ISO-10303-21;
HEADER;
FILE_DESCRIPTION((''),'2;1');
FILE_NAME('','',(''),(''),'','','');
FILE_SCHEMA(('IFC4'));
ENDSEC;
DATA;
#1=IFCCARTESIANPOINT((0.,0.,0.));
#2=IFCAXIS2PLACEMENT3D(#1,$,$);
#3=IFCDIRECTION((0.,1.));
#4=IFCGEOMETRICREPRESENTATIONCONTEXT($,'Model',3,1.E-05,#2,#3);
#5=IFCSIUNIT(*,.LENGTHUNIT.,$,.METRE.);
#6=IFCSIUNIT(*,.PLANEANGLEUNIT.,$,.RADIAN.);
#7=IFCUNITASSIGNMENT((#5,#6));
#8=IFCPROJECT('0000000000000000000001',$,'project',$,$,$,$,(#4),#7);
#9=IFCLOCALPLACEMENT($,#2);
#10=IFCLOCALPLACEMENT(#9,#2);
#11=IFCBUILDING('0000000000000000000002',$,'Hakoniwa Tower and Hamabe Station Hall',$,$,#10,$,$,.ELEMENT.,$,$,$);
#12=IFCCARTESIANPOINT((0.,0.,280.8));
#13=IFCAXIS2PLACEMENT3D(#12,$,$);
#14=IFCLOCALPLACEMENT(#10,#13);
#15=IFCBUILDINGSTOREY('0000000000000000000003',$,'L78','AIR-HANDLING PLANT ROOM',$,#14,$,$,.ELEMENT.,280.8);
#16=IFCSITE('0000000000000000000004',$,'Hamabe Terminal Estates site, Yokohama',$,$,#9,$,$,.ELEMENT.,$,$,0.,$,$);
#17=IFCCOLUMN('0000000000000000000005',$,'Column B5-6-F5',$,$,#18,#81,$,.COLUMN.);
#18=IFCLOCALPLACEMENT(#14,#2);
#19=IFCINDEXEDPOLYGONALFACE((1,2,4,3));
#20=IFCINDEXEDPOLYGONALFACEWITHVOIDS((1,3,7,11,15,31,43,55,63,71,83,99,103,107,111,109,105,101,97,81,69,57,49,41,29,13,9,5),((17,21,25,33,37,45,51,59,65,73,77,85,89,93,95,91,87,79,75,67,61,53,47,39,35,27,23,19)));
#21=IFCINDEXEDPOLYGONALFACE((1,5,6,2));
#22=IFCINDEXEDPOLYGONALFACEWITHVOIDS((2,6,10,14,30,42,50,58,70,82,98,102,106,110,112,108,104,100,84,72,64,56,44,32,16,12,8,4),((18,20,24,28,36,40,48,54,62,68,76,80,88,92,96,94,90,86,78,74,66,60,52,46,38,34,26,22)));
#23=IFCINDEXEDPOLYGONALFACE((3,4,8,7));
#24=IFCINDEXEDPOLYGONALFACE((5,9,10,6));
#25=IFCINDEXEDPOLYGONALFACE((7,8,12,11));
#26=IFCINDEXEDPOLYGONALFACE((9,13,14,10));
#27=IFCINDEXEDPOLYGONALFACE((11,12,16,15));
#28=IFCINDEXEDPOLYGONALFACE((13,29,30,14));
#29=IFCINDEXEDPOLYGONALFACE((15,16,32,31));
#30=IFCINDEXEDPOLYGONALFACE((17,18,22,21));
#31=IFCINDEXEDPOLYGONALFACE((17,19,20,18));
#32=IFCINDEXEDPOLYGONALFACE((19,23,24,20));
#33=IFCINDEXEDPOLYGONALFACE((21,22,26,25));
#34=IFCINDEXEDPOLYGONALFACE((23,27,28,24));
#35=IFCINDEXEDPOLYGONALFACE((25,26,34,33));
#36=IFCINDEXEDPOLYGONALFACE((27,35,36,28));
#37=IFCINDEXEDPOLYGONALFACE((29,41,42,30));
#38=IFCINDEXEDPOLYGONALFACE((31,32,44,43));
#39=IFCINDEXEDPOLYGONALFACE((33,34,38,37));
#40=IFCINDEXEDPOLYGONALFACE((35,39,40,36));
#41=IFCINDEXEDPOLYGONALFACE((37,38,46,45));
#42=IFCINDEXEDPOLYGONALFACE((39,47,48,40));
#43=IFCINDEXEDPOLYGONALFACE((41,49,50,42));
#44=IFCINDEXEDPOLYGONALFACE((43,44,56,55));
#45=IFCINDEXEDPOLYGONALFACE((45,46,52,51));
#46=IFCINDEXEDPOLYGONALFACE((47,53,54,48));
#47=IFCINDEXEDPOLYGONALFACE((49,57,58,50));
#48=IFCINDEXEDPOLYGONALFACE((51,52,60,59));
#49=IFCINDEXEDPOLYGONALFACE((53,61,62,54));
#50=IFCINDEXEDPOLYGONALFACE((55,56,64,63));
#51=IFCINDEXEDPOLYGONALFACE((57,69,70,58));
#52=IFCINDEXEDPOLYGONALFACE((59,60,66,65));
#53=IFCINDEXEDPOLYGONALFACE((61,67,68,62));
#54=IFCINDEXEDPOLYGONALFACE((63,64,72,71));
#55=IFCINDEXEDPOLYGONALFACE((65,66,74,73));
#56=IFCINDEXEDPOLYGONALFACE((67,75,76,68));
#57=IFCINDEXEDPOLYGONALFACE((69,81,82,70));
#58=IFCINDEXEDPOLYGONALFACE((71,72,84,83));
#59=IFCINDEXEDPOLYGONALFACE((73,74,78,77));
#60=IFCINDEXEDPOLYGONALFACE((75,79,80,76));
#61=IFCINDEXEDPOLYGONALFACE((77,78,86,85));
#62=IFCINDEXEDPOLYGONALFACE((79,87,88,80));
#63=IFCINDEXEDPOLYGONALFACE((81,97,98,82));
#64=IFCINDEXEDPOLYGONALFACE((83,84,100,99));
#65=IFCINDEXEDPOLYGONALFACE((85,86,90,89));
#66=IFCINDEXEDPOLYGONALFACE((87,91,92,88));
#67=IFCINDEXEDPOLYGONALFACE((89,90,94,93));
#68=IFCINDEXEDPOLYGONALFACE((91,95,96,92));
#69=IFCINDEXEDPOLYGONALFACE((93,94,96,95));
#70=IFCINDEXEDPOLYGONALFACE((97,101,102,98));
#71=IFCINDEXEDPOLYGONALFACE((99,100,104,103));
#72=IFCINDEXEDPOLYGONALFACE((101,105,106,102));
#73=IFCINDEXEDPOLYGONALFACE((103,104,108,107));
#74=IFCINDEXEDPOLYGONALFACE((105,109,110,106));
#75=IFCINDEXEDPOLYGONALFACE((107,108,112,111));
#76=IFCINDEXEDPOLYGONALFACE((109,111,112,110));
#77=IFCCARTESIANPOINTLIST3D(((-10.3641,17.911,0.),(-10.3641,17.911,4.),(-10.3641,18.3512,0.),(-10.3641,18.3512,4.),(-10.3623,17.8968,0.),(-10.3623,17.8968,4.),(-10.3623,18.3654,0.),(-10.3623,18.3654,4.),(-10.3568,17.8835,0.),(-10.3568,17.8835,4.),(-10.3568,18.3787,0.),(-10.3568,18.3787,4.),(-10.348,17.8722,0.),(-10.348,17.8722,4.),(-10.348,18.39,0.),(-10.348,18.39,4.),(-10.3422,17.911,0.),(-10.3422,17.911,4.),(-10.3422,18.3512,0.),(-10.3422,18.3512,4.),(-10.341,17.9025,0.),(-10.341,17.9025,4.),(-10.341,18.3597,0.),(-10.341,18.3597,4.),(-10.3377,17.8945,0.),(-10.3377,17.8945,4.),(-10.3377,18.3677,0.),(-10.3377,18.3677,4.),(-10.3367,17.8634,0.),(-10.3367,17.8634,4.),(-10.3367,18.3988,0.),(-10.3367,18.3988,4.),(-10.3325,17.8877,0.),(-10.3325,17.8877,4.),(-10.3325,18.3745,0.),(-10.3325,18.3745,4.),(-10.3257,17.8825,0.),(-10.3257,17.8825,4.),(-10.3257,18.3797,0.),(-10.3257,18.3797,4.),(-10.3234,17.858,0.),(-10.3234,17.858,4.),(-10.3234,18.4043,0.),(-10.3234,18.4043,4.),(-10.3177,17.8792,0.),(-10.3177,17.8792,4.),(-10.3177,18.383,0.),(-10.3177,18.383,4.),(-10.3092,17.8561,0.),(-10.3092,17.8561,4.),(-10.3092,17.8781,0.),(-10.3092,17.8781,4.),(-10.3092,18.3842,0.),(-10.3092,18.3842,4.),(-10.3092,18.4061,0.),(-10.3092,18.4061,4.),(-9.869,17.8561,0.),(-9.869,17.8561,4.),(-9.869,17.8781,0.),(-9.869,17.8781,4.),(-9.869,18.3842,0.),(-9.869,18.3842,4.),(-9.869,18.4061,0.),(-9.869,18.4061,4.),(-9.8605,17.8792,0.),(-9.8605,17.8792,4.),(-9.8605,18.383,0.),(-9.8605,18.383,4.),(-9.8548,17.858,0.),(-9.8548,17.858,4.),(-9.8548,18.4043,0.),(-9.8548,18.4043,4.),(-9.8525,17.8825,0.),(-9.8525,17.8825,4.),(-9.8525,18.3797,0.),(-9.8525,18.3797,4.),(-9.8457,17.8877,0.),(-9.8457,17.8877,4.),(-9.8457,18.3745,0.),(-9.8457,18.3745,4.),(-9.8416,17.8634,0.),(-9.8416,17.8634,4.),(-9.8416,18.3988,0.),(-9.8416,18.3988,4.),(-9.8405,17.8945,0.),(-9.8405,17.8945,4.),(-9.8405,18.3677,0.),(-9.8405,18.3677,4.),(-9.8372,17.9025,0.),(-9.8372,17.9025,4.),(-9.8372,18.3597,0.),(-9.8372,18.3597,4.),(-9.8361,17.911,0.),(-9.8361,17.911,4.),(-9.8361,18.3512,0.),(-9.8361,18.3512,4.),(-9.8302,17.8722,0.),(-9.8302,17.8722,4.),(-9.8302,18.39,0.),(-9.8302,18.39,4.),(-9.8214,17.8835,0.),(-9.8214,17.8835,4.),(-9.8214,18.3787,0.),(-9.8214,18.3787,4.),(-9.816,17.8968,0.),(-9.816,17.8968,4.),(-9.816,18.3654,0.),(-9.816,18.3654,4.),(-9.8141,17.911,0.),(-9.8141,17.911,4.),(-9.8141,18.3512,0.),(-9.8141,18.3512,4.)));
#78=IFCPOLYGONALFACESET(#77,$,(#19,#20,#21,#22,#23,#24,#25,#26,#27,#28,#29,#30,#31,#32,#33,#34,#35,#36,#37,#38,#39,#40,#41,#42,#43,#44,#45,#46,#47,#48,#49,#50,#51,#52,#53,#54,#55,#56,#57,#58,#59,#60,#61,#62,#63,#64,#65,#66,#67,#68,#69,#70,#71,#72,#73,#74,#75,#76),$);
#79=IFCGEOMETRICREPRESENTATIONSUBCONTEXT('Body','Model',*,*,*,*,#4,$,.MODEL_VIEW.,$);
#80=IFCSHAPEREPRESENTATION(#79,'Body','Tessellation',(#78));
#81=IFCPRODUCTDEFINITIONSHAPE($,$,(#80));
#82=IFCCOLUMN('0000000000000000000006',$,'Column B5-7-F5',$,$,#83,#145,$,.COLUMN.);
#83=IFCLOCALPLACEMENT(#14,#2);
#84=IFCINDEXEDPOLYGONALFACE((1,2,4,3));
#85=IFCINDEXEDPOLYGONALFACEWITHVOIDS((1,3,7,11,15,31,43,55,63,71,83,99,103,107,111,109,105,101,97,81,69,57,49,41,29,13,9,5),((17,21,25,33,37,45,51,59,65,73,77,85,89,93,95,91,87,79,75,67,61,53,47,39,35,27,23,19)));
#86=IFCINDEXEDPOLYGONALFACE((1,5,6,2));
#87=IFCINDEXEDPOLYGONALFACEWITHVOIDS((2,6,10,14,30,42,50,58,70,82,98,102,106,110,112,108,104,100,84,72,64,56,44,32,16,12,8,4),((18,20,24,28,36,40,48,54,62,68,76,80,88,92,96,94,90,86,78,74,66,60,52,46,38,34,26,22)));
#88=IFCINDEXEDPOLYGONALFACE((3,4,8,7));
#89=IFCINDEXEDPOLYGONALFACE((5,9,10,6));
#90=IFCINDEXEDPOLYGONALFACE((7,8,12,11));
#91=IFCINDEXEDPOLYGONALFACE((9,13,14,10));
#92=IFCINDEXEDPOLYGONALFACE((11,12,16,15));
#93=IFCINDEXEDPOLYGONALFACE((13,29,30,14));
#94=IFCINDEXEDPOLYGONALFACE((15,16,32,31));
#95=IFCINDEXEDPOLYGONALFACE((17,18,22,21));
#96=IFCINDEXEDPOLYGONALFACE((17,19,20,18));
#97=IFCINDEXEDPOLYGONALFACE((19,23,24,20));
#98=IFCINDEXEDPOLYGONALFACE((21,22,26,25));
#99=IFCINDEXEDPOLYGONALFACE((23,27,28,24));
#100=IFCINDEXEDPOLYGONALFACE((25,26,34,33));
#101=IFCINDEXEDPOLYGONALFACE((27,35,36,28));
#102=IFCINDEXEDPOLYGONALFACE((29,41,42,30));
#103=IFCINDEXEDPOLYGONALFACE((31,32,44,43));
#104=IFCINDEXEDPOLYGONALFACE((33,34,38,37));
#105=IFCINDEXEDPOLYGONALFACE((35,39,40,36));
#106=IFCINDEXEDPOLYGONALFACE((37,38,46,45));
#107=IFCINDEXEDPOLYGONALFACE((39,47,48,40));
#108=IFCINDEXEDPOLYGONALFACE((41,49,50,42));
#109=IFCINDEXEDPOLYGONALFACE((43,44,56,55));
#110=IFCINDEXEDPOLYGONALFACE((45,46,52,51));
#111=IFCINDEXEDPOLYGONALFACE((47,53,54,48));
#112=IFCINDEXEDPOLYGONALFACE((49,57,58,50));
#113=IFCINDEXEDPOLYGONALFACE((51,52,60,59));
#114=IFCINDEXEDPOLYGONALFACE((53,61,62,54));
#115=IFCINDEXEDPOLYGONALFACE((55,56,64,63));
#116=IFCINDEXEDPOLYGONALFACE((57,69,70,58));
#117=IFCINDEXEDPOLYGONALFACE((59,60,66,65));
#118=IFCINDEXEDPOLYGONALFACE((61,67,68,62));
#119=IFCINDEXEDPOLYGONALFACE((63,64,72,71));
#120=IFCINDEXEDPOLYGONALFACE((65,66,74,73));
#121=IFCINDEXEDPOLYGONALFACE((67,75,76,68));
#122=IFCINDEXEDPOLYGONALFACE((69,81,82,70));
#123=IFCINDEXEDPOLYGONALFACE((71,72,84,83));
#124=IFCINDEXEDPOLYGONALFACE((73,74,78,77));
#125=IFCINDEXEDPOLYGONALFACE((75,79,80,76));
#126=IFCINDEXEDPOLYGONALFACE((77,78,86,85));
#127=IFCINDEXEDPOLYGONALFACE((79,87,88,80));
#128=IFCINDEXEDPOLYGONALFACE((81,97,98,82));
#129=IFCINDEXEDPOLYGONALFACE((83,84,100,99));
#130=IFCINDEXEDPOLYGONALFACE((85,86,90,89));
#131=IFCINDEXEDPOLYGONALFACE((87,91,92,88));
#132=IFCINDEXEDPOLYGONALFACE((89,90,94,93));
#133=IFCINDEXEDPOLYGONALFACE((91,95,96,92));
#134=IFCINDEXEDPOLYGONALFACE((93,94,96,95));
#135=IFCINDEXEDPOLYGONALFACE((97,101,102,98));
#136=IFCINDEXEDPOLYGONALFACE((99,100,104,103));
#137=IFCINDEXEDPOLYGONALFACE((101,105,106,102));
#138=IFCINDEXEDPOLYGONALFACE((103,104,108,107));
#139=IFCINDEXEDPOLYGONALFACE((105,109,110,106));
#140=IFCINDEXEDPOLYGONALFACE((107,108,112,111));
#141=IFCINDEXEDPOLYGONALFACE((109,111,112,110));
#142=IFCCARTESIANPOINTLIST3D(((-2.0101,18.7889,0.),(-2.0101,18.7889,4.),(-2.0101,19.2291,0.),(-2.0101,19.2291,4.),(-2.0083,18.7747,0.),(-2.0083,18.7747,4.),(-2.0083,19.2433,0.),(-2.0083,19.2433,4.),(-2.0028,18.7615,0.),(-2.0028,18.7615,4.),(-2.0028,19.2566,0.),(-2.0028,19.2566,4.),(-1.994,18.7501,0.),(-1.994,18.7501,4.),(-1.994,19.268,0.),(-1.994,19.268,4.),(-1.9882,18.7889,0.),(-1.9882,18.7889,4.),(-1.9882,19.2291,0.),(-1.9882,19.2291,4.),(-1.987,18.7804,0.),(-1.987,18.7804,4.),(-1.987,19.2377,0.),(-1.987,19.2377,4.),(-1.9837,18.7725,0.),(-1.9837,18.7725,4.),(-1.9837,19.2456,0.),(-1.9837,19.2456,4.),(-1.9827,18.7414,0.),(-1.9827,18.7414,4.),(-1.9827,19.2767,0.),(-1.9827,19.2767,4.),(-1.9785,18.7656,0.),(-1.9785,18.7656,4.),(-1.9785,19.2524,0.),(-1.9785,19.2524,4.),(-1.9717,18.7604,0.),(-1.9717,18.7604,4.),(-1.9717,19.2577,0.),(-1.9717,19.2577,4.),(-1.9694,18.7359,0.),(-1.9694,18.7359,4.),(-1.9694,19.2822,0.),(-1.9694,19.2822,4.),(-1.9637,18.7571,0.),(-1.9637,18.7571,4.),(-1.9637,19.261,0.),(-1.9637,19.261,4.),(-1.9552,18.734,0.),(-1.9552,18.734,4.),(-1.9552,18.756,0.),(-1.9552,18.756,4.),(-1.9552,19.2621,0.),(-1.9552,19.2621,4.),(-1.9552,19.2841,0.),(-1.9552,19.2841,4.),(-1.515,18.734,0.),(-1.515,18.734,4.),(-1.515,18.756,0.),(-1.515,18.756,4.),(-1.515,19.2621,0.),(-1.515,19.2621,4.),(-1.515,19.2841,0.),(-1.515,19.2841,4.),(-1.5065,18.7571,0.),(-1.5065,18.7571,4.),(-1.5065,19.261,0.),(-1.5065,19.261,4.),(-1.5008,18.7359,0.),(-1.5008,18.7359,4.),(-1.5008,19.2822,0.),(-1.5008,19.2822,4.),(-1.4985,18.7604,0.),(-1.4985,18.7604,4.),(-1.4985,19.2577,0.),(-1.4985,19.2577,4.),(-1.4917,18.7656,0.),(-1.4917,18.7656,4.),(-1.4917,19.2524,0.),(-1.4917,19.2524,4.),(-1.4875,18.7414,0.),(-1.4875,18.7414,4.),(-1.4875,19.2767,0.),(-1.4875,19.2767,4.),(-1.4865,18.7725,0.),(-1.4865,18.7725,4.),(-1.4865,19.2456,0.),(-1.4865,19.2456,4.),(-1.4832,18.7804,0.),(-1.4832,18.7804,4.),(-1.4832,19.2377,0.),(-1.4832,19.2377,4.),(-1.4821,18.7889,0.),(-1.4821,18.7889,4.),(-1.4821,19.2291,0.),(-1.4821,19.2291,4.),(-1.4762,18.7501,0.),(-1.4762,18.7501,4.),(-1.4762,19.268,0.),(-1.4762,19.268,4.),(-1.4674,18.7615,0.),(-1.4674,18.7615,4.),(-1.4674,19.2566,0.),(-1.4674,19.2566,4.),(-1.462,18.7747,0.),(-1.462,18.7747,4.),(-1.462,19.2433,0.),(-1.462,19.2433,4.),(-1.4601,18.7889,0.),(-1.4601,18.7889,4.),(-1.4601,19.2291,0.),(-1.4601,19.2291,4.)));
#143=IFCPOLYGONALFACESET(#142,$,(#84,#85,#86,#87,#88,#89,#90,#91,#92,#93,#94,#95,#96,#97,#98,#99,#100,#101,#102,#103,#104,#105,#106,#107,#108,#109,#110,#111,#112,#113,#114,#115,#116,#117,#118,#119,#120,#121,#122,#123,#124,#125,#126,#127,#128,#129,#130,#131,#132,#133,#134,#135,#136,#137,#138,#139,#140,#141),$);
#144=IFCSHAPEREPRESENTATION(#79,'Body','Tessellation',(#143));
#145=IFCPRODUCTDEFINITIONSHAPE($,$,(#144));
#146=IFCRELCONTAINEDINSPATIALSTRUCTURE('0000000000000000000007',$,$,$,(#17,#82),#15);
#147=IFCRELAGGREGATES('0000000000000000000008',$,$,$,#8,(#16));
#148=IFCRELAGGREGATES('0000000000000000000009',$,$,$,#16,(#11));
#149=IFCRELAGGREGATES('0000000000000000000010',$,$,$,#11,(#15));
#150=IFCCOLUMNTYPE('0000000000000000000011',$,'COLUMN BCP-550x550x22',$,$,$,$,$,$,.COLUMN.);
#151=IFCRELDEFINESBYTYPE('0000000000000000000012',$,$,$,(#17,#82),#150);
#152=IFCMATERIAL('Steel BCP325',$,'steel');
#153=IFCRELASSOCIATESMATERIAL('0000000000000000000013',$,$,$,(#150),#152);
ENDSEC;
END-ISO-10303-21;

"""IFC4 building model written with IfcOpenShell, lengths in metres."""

from ifc_helpers import new_model, si_unit, direction, frame, origin, origin_2d, place, context, subcontext, project, spatial, hollow_rectangle, extrude, material, material_profile, profile_set, type_object, element, save


model = new_model("IFC4")

# Units and contexts
model_context = context("Model", 3, precision=1e-05, world=origin(), true_north=direction((0.0, 1.0)))
body_context = subcontext(model_context, "Body", "Model", "MODEL_VIEW")
ifc_project = project(units=[si_unit("LENGTHUNIT", "METRE"), si_unit("PLANEANGLEUNIT", "RADIAN")], contexts=[model_context])

# Site, building, storey
site_placement = place(None, origin())
site = spatial("IfcSite", under=ifc_project, at=site_placement, Name="Hamabe Terminal Estates site, Yokohama", CompositionType="ELEMENT", RefElevation=0.0)
building_placement = place(site_placement, origin())
building = spatial("IfcBuilding", under=site, at=building_placement, Name="Hakoniwa Tower and Hamabe Station Hall", CompositionType="ELEMENT")
storey_placement = place(building_placement, frame((0.0, 0.0, 280.8)))
storey = spatial("IfcBuildingStorey", under=building, at=storey_placement, Name="L78", Description="AIR-HANDLING PLANT ROOM", CompositionType="ELEMENT", Elevation=280.8)

# Columns
ifc_material_1 = material(Name="Steel BCP325", Category="steel")
ifc_material_profile_1 = material_profile(ifc_material_1, hollow_rectangle(XDim=0.55, YDim=0.55, WallThickness=0.022, InnerFilletRadius=0.033, OuterFilletRadius=0.0549, at=origin_2d()), Name="BCP-550x550x22")
ifc_profile_set_1 = profile_set([ifc_material_profile_1], Name="Steel BCP325")
column_type_1 = type_object("IfcColumnType", Name="COLUMN BCP-550x550x22", PredefinedType="COLUMN", material=ifc_profile_set_1)
for number, where, z_axis, x_axis, name in (
    (1, (-10.0891, 18.1311, 0.0), (0.0, 0.0, 1.0), (1.0, 0.0, 0.0), "Column B5-6-F5"),
    (2, (-1.7351, 19.009, 0.0), (0.0, 0.0, 1.0), (1.0, 0.0, 0.0), "Column B5-7-F5"),
):
    element("IfcColumn", number, at=place(storey_placement, frame(where, z_axis=z_axis, x_axis=x_axis)), inside=storey, type_object=column_type_1, Name=name, PredefinedType="COLUMN", context=body_context, shape_type="SweptSolid", body=[
        extrude(hollow_rectangle(XDim=0.55, YDim=0.55, WallThickness=0.022, InnerFilletRadius=0.033, OuterFilletRadius=0.0549, at=origin_2d()), origin(), (0.0, 0.0, 1.0), 4.0),
    ])

save(model, "model.ifc")
